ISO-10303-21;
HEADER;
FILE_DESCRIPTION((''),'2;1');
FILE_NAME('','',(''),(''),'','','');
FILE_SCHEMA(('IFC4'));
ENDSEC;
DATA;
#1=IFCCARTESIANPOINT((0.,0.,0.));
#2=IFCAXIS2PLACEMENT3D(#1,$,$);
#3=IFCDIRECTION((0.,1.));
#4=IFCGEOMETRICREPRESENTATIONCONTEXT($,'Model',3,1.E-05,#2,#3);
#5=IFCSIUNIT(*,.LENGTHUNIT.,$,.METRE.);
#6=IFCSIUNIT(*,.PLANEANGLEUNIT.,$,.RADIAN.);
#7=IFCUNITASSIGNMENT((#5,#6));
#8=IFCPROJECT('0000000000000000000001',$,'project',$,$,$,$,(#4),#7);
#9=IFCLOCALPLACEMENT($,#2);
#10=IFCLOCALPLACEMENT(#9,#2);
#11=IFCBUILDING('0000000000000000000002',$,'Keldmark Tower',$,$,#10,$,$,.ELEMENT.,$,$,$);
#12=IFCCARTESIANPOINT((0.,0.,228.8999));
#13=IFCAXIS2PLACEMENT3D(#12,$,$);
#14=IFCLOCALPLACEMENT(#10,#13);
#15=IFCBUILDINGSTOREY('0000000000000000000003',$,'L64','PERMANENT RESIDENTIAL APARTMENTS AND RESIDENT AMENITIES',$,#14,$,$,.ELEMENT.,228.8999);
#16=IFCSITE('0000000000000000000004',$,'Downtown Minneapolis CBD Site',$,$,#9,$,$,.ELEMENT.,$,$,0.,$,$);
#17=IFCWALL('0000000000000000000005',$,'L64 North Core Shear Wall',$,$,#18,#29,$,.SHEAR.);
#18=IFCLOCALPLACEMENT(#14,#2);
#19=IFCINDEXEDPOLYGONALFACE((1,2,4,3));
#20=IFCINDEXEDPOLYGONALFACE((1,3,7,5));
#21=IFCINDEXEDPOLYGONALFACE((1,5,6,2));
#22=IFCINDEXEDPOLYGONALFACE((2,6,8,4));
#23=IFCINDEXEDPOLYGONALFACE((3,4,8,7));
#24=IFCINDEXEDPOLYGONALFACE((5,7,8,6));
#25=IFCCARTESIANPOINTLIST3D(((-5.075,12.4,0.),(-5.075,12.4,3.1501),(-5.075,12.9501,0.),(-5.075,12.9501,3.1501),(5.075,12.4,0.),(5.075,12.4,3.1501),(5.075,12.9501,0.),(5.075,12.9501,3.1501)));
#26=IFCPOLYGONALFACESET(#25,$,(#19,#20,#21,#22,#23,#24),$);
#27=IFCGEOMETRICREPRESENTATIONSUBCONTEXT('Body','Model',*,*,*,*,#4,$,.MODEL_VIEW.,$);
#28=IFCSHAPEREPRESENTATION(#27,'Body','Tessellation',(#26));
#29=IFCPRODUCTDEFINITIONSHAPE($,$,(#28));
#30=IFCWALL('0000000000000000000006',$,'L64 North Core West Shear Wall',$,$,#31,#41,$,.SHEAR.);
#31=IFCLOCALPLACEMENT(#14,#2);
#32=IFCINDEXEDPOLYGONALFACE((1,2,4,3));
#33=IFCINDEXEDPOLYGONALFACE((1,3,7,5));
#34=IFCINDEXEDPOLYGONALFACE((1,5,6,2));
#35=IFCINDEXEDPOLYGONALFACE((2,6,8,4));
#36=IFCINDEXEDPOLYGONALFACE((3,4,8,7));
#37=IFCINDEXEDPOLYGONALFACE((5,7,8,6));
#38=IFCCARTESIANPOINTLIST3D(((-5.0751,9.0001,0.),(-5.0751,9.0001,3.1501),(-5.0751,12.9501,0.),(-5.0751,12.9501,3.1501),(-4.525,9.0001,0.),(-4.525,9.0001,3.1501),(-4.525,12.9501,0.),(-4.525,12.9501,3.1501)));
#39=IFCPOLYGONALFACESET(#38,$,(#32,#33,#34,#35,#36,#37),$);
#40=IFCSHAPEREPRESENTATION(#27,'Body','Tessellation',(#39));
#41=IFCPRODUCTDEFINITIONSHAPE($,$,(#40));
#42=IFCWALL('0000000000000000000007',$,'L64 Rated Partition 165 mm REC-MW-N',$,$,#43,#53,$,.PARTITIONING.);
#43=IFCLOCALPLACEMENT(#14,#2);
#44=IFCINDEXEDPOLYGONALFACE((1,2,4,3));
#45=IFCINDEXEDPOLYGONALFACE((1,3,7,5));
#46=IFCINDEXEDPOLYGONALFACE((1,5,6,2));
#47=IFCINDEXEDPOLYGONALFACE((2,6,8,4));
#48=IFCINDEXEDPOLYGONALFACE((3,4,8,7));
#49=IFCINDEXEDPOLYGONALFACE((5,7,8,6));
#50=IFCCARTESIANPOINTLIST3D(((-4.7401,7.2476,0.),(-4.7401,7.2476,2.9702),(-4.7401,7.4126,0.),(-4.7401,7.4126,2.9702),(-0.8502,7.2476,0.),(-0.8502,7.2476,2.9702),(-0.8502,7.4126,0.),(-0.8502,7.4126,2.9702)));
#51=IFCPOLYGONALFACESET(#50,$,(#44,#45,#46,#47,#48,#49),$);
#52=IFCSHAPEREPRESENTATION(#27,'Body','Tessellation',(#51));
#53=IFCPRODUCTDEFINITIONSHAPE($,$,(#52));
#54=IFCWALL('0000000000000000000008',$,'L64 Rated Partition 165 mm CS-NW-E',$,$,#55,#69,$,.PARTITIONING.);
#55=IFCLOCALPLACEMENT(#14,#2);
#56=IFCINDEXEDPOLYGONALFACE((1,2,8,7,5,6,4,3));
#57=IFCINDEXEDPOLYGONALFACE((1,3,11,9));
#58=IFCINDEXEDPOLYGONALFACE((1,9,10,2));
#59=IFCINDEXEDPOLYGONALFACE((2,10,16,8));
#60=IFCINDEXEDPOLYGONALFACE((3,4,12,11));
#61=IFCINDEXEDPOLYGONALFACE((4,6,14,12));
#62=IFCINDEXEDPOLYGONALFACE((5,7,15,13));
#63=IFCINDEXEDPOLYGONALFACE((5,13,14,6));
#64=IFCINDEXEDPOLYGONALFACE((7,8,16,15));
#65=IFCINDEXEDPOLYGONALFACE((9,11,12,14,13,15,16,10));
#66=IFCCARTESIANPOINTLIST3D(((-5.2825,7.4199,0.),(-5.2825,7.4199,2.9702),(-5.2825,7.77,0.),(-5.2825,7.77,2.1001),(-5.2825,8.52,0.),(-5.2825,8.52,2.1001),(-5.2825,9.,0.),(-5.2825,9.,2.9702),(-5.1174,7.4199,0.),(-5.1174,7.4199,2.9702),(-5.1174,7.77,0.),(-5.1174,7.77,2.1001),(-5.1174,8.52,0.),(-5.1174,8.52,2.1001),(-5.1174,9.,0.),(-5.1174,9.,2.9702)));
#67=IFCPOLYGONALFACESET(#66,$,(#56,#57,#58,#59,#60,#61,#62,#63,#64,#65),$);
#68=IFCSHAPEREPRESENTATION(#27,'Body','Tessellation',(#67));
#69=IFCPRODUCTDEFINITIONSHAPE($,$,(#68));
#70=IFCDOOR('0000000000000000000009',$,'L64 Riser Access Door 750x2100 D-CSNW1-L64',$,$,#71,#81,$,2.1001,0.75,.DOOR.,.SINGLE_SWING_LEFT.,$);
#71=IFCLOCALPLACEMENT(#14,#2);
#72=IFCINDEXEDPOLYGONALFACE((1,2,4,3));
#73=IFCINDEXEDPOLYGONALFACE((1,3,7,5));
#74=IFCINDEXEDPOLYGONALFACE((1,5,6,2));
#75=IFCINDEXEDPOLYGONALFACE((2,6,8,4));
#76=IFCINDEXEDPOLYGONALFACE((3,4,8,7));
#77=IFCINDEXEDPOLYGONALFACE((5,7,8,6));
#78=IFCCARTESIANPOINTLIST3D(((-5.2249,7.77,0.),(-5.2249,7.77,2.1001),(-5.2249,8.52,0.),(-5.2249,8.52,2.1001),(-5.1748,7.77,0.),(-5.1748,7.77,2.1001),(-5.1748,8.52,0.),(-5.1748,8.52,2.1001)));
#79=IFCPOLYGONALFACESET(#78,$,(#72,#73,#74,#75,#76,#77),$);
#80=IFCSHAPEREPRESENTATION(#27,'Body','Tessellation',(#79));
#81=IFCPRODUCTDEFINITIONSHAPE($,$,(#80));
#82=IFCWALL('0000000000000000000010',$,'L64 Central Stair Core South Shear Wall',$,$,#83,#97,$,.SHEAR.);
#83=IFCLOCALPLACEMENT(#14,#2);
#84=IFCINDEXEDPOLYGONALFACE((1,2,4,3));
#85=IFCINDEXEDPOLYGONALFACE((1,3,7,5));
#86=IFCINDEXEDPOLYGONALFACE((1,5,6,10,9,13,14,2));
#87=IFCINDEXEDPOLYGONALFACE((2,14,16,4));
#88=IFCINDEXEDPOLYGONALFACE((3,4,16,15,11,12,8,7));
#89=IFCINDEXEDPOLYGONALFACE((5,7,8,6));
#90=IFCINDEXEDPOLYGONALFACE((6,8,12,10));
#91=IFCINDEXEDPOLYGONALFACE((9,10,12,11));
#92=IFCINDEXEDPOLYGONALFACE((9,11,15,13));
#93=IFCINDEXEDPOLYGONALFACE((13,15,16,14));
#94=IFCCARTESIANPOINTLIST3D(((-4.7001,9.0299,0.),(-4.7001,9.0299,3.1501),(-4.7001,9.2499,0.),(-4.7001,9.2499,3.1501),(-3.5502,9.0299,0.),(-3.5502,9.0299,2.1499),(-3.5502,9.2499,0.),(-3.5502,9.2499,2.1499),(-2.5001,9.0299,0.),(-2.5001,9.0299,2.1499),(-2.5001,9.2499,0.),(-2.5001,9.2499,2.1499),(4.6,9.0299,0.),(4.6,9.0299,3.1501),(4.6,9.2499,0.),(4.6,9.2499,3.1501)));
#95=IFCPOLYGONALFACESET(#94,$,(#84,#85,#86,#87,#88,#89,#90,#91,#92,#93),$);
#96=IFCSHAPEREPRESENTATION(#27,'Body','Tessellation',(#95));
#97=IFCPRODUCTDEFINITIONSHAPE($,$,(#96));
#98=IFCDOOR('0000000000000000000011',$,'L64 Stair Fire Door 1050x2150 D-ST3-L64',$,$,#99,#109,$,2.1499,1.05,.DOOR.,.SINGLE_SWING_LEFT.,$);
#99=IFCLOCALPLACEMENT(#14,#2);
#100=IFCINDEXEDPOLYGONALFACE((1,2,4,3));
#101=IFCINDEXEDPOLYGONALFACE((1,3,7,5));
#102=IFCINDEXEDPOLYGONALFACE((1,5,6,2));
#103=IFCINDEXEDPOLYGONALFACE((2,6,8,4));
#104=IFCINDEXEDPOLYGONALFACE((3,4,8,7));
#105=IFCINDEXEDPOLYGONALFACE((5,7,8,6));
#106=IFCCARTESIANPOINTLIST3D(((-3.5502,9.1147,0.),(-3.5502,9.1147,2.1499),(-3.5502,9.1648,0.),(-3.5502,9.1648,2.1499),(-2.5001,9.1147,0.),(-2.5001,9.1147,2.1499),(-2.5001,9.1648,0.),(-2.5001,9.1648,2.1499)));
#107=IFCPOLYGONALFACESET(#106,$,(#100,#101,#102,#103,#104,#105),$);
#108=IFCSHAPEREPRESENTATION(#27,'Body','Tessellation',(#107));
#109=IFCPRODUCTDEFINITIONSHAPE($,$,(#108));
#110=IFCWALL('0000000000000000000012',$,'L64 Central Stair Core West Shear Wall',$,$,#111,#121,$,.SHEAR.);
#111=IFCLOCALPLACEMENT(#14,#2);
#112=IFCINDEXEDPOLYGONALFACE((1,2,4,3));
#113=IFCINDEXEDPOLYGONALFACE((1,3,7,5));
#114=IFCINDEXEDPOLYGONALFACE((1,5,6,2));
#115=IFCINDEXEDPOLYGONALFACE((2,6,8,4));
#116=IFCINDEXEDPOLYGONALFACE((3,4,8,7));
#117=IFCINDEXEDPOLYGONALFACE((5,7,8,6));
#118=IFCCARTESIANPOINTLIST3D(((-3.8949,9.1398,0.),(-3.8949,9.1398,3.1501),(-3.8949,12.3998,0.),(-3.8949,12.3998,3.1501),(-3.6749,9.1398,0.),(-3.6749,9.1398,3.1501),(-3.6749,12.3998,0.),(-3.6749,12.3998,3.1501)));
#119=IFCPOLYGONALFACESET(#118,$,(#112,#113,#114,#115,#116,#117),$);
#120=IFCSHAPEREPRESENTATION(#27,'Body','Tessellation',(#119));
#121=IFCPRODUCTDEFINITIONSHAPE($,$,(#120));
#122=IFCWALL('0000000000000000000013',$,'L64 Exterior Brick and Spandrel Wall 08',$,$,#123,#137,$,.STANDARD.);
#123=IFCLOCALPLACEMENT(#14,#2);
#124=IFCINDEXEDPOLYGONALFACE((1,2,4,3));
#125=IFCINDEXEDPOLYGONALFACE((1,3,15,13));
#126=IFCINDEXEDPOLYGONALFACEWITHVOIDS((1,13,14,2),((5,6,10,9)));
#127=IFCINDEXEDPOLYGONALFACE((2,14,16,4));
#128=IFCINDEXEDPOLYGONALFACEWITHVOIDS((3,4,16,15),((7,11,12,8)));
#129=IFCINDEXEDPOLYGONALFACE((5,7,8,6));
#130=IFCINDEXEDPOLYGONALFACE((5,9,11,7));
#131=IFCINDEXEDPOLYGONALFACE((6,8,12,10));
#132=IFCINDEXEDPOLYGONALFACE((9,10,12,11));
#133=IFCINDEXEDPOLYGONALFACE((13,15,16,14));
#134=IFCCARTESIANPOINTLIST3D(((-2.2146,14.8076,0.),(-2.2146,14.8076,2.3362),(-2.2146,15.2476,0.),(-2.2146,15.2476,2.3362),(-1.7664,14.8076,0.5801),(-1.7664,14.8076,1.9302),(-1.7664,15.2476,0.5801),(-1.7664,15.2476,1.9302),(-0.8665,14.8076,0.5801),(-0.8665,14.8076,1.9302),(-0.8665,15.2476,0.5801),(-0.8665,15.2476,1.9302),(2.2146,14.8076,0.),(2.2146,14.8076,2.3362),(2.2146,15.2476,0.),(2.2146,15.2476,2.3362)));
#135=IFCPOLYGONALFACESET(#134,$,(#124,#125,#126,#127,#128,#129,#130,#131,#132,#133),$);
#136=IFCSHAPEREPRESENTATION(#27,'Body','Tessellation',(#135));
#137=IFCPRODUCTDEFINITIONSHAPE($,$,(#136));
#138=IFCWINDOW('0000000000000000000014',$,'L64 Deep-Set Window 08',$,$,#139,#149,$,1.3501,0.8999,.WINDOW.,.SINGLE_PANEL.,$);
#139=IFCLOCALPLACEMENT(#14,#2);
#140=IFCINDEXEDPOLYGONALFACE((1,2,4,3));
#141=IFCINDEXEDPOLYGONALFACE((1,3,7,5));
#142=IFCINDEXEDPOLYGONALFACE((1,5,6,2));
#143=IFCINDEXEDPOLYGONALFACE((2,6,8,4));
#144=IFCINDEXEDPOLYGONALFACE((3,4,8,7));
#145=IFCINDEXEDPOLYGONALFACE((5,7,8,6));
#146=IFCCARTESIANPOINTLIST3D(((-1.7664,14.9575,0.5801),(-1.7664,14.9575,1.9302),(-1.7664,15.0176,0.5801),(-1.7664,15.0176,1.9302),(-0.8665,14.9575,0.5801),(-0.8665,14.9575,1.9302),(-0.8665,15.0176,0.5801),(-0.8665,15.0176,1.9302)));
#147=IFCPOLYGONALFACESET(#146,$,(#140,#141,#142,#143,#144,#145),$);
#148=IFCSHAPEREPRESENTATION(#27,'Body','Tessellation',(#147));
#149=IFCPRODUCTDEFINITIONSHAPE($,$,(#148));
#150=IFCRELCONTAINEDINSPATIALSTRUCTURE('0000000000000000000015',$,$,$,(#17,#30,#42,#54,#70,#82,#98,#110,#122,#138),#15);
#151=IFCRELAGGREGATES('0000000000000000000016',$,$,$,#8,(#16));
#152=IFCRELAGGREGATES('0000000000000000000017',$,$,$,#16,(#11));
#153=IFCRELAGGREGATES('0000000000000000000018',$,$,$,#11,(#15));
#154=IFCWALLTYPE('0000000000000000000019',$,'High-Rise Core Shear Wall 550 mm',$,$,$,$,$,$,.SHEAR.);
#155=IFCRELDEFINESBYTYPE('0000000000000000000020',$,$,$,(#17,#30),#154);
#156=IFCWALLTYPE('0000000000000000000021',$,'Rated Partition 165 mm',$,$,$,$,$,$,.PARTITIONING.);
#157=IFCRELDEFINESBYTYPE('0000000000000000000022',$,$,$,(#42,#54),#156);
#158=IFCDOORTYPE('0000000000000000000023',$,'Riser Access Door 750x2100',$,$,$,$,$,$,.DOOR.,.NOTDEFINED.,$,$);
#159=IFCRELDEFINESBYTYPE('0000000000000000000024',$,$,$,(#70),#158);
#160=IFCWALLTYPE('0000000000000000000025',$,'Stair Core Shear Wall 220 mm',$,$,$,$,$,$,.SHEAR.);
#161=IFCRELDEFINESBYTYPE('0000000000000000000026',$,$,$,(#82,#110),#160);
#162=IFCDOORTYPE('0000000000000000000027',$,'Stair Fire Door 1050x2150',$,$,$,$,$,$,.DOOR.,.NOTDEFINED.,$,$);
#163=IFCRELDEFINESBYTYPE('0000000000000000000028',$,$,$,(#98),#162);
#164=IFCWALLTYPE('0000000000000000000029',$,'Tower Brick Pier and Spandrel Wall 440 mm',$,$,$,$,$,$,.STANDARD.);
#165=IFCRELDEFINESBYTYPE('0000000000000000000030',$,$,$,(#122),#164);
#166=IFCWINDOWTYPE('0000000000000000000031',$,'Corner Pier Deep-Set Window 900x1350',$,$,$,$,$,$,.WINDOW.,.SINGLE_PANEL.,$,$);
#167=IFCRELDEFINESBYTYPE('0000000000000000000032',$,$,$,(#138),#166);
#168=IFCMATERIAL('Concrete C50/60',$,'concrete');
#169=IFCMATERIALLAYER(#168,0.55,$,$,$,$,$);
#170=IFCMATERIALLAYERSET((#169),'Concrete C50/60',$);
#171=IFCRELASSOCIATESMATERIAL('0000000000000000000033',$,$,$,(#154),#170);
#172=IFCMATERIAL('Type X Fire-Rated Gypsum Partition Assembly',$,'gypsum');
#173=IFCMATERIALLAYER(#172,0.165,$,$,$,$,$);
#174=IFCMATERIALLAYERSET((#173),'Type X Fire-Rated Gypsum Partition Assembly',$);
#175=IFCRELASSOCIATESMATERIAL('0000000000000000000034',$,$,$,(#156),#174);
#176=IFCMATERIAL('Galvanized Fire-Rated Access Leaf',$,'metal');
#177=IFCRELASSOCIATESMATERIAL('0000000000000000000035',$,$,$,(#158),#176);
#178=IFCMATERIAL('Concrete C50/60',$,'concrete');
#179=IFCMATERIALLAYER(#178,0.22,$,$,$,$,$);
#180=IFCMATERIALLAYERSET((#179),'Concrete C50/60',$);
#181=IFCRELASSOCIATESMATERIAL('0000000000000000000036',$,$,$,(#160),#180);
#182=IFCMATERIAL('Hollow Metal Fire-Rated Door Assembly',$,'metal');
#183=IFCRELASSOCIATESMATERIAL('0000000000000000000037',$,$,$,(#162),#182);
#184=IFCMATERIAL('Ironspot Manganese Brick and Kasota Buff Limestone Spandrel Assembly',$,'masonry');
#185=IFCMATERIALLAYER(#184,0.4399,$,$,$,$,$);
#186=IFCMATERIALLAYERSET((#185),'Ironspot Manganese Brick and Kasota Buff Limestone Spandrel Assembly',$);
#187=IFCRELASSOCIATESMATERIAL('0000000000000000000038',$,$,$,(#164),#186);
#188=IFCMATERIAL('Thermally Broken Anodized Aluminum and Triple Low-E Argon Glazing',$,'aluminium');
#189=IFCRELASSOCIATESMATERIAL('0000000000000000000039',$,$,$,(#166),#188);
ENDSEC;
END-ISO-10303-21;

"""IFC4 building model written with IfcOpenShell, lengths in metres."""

from ifc_helpers import new_model, si_unit, direction, frame, frame_2d, origin, place, context, subcontext, project, spatial, rectangle, extrude, material, layer, layer_set, type_object, element, fill, save


model = new_model("IFC4")

# Units and contexts
model_context = context("Model", 3, precision=1e-05, world=origin(), true_north=direction((0.0, 1.0)))
body_context = subcontext(model_context, "Body", "Model", "MODEL_VIEW")
ifc_project = project(units=[si_unit("LENGTHUNIT", "METRE"), si_unit("PLANEANGLEUNIT", "RADIAN")], contexts=[model_context])

# Site, building, storey
site_placement = place(None, origin())
site = spatial("IfcSite", under=ifc_project, at=site_placement, Name="Downtown Minneapolis CBD Site", CompositionType="ELEMENT", RefElevation=0.0)
building_placement = place(site_placement, origin())
building = spatial("IfcBuilding", under=site, at=building_placement, Name="Keldmark Tower", CompositionType="ELEMENT")
storey_placement = place(building_placement, frame((0.0, 0.0, 228.8999)))
storey = spatial("IfcBuildingStorey", under=building, at=storey_placement, Name="L64", Description="PERMANENT RESIDENTIAL APARTMENTS AND RESIDENT AMENITIES", CompositionType="ELEMENT", Elevation=228.8999)

# Walls
ifc_material_1 = material(Name="Concrete C50/60", Category="concrete")
ifc_layer_1 = layer(ifc_material_1, 0.55)
ifc_layer_set_1 = layer_set([ifc_layer_1], Name="Concrete C50/60")
wall_type_1 = type_object("IfcWallType", Name="High-Rise Core Shear Wall 550 mm", PredefinedType="SHEAR", material=ifc_layer_set_1)
wall_1_placement = place(storey_placement, frame((-5.075, 12.675, 0.0), z_axis=(0.0, 0.0, 1.0), x_axis=(1.0, 0.0, 0.0)))
element("IfcWall", 1, at=wall_1_placement, inside=storey, type_object=wall_type_1, Name="L64 North Core Shear Wall", PredefinedType="SHEAR", context=body_context, shape_type="SweptSolid", body=[
    extrude(rectangle(XDim=10.1499, YDim=0.55, at=frame_2d((5.075, 0.0))), origin(), (0.0, 0.0, 1.0), 3.1501),
])
wall_2_placement = place(storey_placement, frame((-4.8, 9.0, 0.0), z_axis=(0.0, 0.0, 1.0), x_axis=(0.0, 1.0, 0.0)))
element("IfcWall", 2, at=wall_2_placement, inside=storey, type_object=wall_type_1, Name="L64 North Core West Shear Wall", PredefinedType="SHEAR", context=body_context, shape_type="SweptSolid", body=[
    extrude(rectangle(XDim=3.95, YDim=0.55, at=frame_2d((1.9751, 0.0))), origin(), (0.0, 0.0, 1.0), 3.1501),
])
ifc_material_2 = material(Name="Type X Fire-Rated Gypsum Partition Assembly", Category="gypsum")
ifc_layer_2 = layer(ifc_material_2, 0.165)
ifc_layer_set_2 = layer_set([ifc_layer_2], Name="Type X Fire-Rated Gypsum Partition Assembly")
wall_type_2 = type_object("IfcWallType", Name="Rated Partition 165 mm", PredefinedType="PARTITIONING", material=ifc_layer_set_2)
wall_3_placement = place(storey_placement, frame((-4.74, 7.3301, 0.0), z_axis=(0.0, 0.0, 1.0), x_axis=(1.0, 0.0, 0.0)))
element("IfcWall", 3, at=wall_3_placement, inside=storey, type_object=wall_type_2, Name="L64 Rated Partition 165 mm REC-MW-N", PredefinedType="PARTITIONING", context=body_context, shape_type="SweptSolid", body=[
    extrude(rectangle(XDim=3.8899, YDim=0.165, at=frame_2d((1.9448, 0.0))), origin(), (0.0, 0.0, 1.0), 2.9702),
])

# Walls, openings, doors
wall_4_placement = place(storey_placement, frame((-5.2, 7.4199, 0.0), z_axis=(0.0, 0.0, 1.0), x_axis=(0.0, 1.0, 0.0)))
wall_4 = element("IfcWall", 4, at=wall_4_placement, inside=storey, type_object=wall_type_2, Name="L64 Rated Partition 165 mm CS-NW-E", PredefinedType="PARTITIONING", context=body_context, shape_type="SweptSolid", body=[
    extrude(rectangle(XDim=1.5801, YDim=0.165, at=frame_2d((0.79, 0.0))), origin(), (0.0, 0.0, 1.0), 2.9702),
])
opening_1_placement = place(wall_4_placement, frame((0.3501, 0.0, 0.0)))
opening_1 = element("IfcOpeningElement", 5, at=opening_1_placement, cuts=wall_4, PredefinedType="OPENING", context=body_context, shape_type="SweptSolid", body=[
    extrude(rectangle(XDim=0.75, YDim=2.1001, at=frame_2d((0.375, 1.05))), frame((0.0, 0.0925, 0.0), z_axis=(0.0, -1.0, 0.0), x_axis=(1.0, 0.0, 0.0)), (0.0, 0.0, 1.0), 0.1851),
])
ifc_material_3 = material(Name="Galvanized Fire-Rated Access Leaf", Category="metal")
door_type_1 = type_object("IfcDoorType", Name="Riser Access Door 750x2100", OperationType="NOTDEFINED", PredefinedType="DOOR", material=ifc_material_3)
door_1_placement = place(opening_1_placement, origin())
door_1 = element("IfcDoor", 6, at=door_1_placement, inside=storey, type_object=door_type_1, Name="L64 Riser Access Door 750x2100 D-CSNW1-L64", OperationType="SINGLE_SWING_LEFT", OverallHeight=2.1001, OverallWidth=0.75, PredefinedType="DOOR", context=body_context, shape_type="SweptSolid", body=[
    extrude(rectangle(XDim=0.75, YDim=2.1001, at=frame_2d((0.375, 1.05))), frame((0.0, 0.0249, 0.0), z_axis=(0.0, -1.0, 0.0), x_axis=(1.0, 0.0, 0.0)), (0.0, 0.0, 1.0), 0.05),
])
fill(opening_1, door_1)
ifc_material_4 = material(Name="Concrete C50/60", Category="concrete")
ifc_layer_3 = layer(ifc_material_4, 0.22)
ifc_layer_set_3 = layer_set([ifc_layer_3], Name="Concrete C50/60")
wall_type_3 = type_object("IfcWallType", Name="Stair Core Shear Wall 220 mm", PredefinedType="SHEAR", material=ifc_layer_set_3)
wall_5_placement = place(storey_placement, frame((-4.7, 9.1399, 0.0), z_axis=(0.0, 0.0, 1.0), x_axis=(1.0, 0.0, 0.0)))
wall_5 = element("IfcWall", 7, at=wall_5_placement, inside=storey, type_object=wall_type_3, Name="L64 Central Stair Core South Shear Wall", PredefinedType="SHEAR", context=body_context, shape_type="SweptSolid", body=[
    extrude(rectangle(XDim=9.3, YDim=0.22, at=frame_2d((4.6499, 0.0))), origin(), (0.0, 0.0, 1.0), 3.1501),
])
opening_2_placement = place(wall_5_placement, frame((1.1499, 0.0, 0.0)))
opening_2 = element("IfcOpeningElement", 8, at=opening_2_placement, cuts=wall_5, PredefinedType="OPENING", context=body_context, shape_type="SweptSolid", body=[
    extrude(rectangle(XDim=1.05, YDim=2.1499, at=frame_2d((0.5249, 1.075))), frame((0.0, 0.1199, 0.0), z_axis=(0.0, -1.0, 0.0), x_axis=(1.0, 0.0, 0.0)), (0.0, 0.0, 1.0), 0.24),
])
ifc_material_5 = material(Name="Hollow Metal Fire-Rated Door Assembly", Category="metal")
door_type_2 = type_object("IfcDoorType", Name="Stair Fire Door 1050x2150", OperationType="NOTDEFINED", PredefinedType="DOOR", material=ifc_material_5)
door_2_placement = place(opening_2_placement, origin())
door_2 = element("IfcDoor", 9, at=door_2_placement, inside=storey, type_object=door_type_2, Name="L64 Stair Fire Door 1050x2150 D-ST3-L64", OperationType="SINGLE_SWING_LEFT", OverallHeight=2.1499, OverallWidth=1.05, PredefinedType="DOOR", context=body_context, shape_type="SweptSolid", body=[
    extrude(rectangle(XDim=1.05, YDim=2.1499, at=frame_2d((0.5249, 1.075))), frame((0.0, 0.0249, 0.0), z_axis=(0.0, -1.0, 0.0), x_axis=(1.0, 0.0, 0.0)), (0.0, 0.0, 1.0), 0.05),
])
fill(opening_2, door_2)

# Wall
wall_6_placement = place(storey_placement, frame((-3.7849, 9.1399, 0.0), z_axis=(0.0, 0.0, 1.0), x_axis=(0.0, 1.0, 0.0)))
element("IfcWall", 10, at=wall_6_placement, inside=storey, type_object=wall_type_3, Name="L64 Central Stair Core West Shear Wall", PredefinedType="SHEAR", context=body_context, shape_type="SweptSolid", body=[
    extrude(rectangle(XDim=3.26, YDim=0.22, at=frame_2d((1.6299, 0.0))), origin(), (0.0, 0.0, 1.0), 3.1501),
])

# Wall, opening, window
ifc_material_6 = material(Name="Ironspot Manganese Brick and Kasota Buff Limestone Spandrel Assembly", Category="masonry")
ifc_layer_4 = layer(ifc_material_6, 0.4399)
ifc_layer_set_4 = layer_set([ifc_layer_4], Name="Ironspot Manganese Brick and Kasota Buff Limestone Spandrel Assembly")
wall_type_4 = type_object("IfcWallType", Name="Tower Brick Pier and Spandrel Wall 440 mm", PredefinedType="STANDARD", material=ifc_layer_set_4)
wall_7_placement = place(storey_placement, frame((-2.2146, 15.0276, 0.0), z_axis=(0.0, 0.0, 1.0), x_axis=(1.0, 0.0, 0.0)))
wall_7 = element("IfcWall", 11, at=wall_7_placement, inside=storey, type_object=wall_type_4, Name="L64 Exterior Brick and Spandrel Wall 08", PredefinedType="STANDARD", context=body_context, shape_type="SweptSolid", body=[
    extrude(rectangle(XDim=4.4292, YDim=0.4399, at=frame_2d((2.2146, 0.0))), origin(), (0.0, 0.0, 1.0), 2.3362),
])
opening_3_placement = place(wall_7_placement, frame((0.4482, 0.0, 0.5801)))
opening_3 = element("IfcOpeningElement", 12, at=opening_3_placement, cuts=wall_7, PredefinedType="OPENING", context=body_context, shape_type="SweptSolid", body=[
    extrude(rectangle(XDim=0.8999, YDim=1.3501, at=frame_2d((0.45, 0.675))), frame((0.0, 0.23, 0.0), z_axis=(0.0, -1.0, 0.0), x_axis=(1.0, 0.0, 0.0)), (0.0, 0.0, 1.0), 0.46),
])
ifc_material_7 = material(Name="Thermally Broken Anodized Aluminum and Triple Low-E Argon Glazing", Category="aluminium")
window_type = type_object("IfcWindowType", Name="Corner Pier Deep-Set Window 900x1350", PartitioningType="SINGLE_PANEL", PredefinedType="WINDOW", material=ifc_material_7)
window_1_placement = place(opening_3_placement, origin())
window_1 = element("IfcWindow", 13, at=window_1_placement, inside=storey, type_object=window_type, Name="L64 Deep-Set Window 08", OverallHeight=1.3501, OverallWidth=0.8999, PartitioningType="SINGLE_PANEL", PredefinedType="WINDOW", context=body_context, shape_type="SweptSolid", body=[
    extrude(rectangle(XDim=0.8999, YDim=1.3501, at=frame_2d((0.45, 0.675))), frame((0.0, -0.01, 0.0), z_axis=(0.0, -1.0, 0.0), x_axis=(1.0, 0.0, 0.0)), (0.0, 0.0, 1.0), 0.0601),
])
fill(opening_3, window_1)

save(model, "model.ifc")
